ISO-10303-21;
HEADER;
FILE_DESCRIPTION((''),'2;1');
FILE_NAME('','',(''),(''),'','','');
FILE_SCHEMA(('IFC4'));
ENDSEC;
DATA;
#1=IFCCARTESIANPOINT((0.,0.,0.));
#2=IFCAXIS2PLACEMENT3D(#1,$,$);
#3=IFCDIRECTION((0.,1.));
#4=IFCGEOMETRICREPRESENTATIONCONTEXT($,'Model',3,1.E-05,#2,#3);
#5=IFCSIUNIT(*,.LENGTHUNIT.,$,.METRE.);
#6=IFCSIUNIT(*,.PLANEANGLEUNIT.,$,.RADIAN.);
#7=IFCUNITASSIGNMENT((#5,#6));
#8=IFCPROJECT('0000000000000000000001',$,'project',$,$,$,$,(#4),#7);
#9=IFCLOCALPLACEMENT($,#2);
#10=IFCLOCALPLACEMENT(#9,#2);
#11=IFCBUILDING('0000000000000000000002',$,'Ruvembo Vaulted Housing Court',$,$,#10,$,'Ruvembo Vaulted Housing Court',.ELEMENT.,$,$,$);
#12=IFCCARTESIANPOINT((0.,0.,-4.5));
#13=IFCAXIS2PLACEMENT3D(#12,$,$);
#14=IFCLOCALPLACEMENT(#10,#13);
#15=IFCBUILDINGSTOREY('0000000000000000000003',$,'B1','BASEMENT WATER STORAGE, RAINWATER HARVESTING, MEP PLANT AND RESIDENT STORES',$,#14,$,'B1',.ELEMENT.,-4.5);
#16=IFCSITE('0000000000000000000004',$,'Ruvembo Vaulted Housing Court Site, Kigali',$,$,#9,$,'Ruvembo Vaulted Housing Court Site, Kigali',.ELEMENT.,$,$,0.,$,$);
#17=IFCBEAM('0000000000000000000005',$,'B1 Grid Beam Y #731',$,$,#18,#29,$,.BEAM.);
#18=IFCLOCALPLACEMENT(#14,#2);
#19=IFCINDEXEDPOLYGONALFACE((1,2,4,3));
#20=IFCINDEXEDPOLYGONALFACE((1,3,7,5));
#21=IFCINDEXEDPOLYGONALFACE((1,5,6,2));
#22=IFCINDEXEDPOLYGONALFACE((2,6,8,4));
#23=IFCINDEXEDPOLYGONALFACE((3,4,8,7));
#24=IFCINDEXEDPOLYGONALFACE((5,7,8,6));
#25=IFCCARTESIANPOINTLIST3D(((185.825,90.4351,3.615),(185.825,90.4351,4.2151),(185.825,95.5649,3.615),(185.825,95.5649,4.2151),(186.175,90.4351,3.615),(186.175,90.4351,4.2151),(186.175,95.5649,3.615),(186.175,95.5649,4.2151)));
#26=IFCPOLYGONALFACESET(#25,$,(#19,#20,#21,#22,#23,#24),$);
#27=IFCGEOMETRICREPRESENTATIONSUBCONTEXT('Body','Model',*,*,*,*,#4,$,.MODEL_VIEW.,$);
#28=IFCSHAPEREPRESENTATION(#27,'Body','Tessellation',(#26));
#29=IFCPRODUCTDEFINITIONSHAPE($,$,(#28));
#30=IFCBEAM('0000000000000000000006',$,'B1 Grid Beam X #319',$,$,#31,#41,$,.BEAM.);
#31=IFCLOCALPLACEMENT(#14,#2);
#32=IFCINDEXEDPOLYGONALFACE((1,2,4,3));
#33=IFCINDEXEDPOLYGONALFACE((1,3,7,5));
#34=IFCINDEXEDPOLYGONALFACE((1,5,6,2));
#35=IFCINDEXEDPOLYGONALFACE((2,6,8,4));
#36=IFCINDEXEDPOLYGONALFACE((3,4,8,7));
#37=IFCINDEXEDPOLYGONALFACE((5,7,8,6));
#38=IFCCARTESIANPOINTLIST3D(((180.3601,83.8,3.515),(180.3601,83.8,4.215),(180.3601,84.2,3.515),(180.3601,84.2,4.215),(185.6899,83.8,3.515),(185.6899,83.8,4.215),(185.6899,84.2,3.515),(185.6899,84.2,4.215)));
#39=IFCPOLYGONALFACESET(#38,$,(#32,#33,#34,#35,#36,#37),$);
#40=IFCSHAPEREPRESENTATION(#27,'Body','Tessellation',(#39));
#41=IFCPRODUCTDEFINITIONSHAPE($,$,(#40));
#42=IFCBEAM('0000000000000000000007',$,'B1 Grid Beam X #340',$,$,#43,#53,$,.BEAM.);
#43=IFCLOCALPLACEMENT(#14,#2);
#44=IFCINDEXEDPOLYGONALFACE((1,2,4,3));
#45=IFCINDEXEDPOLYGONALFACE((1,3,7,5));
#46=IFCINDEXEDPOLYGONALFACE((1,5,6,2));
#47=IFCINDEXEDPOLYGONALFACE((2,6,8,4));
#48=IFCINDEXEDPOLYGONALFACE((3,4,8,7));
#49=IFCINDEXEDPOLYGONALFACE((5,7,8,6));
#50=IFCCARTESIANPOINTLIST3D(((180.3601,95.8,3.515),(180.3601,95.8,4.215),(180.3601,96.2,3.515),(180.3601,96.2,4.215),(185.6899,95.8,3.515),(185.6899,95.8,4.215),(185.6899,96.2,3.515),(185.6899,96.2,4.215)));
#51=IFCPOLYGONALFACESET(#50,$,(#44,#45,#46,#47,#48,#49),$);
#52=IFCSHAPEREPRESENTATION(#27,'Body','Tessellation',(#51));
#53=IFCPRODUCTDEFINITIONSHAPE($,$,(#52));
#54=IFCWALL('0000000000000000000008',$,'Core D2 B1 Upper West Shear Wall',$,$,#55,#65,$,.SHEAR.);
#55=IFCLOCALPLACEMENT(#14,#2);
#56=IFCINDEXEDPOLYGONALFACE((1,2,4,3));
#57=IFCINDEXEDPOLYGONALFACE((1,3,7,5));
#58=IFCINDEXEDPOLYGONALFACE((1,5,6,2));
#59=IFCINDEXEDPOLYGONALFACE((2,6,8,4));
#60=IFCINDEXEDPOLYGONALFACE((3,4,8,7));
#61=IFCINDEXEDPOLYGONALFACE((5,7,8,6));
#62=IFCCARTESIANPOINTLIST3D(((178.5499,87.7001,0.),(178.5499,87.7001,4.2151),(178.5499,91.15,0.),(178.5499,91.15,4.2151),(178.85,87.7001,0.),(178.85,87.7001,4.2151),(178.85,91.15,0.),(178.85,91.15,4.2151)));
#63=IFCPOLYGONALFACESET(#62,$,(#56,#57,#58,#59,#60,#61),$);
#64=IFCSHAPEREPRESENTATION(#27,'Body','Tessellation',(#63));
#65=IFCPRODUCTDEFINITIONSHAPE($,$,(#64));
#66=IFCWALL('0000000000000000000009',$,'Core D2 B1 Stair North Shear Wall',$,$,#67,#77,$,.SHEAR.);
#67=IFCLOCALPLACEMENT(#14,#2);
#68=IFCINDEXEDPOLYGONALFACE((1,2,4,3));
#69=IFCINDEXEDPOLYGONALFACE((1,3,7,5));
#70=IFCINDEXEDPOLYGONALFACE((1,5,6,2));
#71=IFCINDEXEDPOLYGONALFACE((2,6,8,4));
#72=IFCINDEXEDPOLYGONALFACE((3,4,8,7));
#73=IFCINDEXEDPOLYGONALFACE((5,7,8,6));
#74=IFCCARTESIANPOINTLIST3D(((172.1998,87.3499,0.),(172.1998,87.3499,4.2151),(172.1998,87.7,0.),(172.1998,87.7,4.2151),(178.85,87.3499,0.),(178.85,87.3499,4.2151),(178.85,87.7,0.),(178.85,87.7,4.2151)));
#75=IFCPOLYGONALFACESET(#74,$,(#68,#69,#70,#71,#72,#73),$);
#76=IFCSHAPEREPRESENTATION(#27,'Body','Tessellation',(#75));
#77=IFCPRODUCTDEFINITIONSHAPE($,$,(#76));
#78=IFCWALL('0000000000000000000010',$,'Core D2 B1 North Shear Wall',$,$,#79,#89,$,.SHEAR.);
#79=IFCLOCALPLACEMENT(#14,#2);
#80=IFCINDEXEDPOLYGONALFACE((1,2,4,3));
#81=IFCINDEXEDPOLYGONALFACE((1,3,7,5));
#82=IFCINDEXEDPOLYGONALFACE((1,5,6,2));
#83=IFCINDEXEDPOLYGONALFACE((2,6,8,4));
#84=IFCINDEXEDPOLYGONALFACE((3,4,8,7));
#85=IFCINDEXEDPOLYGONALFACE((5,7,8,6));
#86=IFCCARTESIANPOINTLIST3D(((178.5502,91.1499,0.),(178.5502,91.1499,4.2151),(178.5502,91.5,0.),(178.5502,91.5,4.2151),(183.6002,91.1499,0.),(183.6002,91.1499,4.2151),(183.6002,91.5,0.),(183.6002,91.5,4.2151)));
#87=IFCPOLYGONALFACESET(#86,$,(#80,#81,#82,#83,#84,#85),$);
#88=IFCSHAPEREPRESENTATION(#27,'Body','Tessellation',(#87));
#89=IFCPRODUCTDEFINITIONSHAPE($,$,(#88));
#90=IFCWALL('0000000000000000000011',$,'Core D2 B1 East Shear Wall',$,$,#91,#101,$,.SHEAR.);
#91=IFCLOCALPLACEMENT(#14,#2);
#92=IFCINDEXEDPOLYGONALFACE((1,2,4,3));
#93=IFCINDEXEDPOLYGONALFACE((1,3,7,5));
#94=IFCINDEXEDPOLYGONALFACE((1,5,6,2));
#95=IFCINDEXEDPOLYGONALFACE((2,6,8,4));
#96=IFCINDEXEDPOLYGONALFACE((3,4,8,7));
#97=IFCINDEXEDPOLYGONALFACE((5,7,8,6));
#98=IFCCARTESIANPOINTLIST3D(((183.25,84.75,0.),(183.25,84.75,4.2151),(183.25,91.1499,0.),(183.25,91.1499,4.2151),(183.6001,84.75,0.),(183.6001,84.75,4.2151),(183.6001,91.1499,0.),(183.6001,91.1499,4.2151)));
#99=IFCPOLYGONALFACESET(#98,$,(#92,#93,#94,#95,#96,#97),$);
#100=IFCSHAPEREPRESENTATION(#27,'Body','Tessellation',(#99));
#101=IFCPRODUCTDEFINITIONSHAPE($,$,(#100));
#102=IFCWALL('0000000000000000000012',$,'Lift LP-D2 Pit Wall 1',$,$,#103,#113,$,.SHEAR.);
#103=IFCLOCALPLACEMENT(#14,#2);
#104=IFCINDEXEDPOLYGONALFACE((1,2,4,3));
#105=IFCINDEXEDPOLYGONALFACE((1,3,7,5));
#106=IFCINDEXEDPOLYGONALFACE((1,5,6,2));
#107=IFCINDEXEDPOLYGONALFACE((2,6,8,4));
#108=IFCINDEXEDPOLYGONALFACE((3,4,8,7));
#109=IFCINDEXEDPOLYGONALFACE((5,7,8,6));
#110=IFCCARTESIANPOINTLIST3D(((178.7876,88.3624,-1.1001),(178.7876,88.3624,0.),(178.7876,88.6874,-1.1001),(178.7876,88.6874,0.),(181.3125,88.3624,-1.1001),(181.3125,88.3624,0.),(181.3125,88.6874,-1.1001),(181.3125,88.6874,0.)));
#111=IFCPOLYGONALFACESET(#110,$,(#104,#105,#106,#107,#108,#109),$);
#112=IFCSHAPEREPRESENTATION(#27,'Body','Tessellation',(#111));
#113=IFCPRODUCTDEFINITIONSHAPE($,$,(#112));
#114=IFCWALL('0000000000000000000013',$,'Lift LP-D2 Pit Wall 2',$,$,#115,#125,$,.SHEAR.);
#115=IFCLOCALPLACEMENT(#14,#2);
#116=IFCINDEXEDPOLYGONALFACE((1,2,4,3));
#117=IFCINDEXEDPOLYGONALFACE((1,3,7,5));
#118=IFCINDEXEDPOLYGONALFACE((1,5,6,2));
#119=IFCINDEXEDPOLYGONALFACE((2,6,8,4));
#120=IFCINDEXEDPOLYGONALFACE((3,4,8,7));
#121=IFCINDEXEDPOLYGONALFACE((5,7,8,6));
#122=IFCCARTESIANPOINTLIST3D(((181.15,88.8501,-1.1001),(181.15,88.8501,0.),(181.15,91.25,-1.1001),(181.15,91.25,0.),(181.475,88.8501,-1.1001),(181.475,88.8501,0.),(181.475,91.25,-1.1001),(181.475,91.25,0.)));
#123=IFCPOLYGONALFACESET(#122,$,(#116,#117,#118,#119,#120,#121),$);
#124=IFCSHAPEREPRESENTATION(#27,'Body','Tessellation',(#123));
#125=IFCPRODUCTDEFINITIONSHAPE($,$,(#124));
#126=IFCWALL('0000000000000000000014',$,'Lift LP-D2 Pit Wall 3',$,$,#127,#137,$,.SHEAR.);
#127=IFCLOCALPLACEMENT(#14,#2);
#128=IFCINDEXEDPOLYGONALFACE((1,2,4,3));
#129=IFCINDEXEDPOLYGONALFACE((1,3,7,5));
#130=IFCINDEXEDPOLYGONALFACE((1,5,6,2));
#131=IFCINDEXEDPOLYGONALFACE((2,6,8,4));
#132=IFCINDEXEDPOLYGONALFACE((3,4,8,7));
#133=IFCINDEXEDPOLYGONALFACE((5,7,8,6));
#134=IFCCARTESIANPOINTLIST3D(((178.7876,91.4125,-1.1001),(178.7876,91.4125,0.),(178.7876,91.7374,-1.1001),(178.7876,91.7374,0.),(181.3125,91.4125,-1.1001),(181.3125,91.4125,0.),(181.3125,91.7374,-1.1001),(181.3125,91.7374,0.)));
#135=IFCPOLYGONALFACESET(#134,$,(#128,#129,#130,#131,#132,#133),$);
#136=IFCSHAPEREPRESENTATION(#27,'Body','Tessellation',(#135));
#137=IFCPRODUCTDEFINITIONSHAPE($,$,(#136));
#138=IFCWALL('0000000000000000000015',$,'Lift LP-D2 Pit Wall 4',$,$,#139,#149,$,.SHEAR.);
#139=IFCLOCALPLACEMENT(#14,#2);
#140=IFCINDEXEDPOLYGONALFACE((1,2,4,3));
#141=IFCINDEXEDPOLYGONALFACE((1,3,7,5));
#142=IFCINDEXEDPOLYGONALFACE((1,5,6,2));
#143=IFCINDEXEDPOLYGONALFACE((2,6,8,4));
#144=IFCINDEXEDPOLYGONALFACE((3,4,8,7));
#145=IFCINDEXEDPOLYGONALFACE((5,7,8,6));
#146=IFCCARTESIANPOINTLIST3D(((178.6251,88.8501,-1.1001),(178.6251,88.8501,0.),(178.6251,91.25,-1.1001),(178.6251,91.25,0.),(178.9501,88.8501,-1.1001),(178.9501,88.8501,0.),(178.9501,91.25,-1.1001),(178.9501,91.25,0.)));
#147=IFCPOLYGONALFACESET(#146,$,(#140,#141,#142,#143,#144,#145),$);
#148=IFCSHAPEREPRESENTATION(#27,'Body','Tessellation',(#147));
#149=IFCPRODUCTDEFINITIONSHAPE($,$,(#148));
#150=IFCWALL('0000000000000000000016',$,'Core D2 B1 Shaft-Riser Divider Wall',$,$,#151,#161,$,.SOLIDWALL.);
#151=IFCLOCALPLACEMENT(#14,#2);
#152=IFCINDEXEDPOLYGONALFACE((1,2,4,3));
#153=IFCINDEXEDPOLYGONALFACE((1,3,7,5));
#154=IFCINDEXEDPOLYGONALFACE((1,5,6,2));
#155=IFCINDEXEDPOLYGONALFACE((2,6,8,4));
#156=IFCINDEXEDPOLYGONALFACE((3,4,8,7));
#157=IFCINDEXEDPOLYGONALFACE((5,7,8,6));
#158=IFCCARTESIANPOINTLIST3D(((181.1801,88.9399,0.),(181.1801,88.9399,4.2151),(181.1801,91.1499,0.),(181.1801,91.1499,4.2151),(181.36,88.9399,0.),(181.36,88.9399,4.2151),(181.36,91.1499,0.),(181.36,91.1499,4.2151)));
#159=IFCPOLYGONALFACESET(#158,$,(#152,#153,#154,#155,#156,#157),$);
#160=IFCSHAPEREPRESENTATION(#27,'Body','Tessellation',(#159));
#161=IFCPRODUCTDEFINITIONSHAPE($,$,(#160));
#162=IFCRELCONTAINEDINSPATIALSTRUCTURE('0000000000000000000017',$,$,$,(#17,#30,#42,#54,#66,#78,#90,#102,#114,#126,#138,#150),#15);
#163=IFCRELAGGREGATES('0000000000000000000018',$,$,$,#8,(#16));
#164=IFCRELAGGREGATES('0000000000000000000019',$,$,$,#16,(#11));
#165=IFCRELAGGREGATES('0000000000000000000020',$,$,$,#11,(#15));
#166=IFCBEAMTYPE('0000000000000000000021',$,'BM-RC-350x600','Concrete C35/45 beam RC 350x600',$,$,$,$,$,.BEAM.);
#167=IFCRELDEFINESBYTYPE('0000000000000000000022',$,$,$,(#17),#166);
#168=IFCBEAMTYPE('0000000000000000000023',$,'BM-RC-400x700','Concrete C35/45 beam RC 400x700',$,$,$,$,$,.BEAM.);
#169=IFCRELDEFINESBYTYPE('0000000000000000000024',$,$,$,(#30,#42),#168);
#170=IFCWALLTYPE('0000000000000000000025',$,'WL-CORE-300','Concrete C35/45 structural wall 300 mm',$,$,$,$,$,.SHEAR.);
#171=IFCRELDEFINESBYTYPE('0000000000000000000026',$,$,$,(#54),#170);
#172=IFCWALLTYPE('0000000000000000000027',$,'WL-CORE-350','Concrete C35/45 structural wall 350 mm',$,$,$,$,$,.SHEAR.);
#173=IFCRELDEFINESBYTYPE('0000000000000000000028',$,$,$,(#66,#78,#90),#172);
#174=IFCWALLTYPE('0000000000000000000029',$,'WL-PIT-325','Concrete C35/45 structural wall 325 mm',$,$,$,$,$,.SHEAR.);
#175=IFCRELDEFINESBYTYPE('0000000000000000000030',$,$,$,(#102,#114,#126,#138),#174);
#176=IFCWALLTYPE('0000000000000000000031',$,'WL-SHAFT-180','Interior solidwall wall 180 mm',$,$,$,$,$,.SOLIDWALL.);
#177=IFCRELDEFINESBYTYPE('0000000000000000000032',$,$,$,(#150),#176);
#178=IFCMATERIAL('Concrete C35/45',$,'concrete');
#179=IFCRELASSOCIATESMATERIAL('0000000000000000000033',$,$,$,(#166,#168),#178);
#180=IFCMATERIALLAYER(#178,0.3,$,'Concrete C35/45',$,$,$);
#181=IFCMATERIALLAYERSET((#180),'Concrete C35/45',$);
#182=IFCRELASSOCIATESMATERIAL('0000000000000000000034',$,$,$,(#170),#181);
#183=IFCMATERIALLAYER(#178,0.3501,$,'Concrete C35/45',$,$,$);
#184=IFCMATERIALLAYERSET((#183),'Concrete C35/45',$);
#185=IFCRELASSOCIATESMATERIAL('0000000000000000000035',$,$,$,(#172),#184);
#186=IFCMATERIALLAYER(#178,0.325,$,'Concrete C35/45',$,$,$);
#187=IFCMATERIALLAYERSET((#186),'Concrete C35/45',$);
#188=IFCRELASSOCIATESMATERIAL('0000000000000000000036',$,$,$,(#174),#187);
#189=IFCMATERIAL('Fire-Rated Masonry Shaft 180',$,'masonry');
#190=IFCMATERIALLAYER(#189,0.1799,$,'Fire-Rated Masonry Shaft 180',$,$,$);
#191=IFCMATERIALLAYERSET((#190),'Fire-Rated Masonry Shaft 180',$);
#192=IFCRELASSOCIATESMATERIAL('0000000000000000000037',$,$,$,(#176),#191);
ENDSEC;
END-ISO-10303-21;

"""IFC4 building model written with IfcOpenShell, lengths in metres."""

from ifc_helpers import new_model, si_unit, direction, frame, frame_2d, origin, origin_2d, place, context, subcontext, project, spatial, rectangle, extrude, material, layer, layer_set, material_profile, profile_set, type_object, element, save


model = new_model("IFC4")

# Units and contexts
model_context = context("Model", 3, precision=1e-05, world=origin(), true_north=direction((0.0, 1.0)))
body_context = subcontext(model_context, "Body", "Model", "MODEL_VIEW")
ifc_project = project(units=[si_unit("LENGTHUNIT", "METRE"), si_unit("PLANEANGLEUNIT", "RADIAN")], contexts=[model_context])

# Site, building, storey
site_placement = place(None, origin())
site = spatial("IfcSite", under=ifc_project, at=site_placement, Name="Ruvembo Vaulted Housing Court Site, Kigali", LongName="Ruvembo Vaulted Housing Court Site, Kigali", CompositionType="ELEMENT", RefElevation=0.0)
building_placement = place(site_placement, origin())
building = spatial("IfcBuilding", under=site, at=building_placement, Name="Ruvembo Vaulted Housing Court", LongName="Ruvembo Vaulted Housing Court", CompositionType="ELEMENT")
storey_placement = place(building_placement, frame((0.0, 0.0, -4.5)))
storey = spatial("IfcBuildingStorey", under=building, at=storey_placement, Name="B1", Description="BASEMENT WATER STORAGE, RAINWATER HARVESTING, MEP PLANT AND RESIDENT STORES", LongName="B1", CompositionType="ELEMENT", Elevation=-4.5)

# Shared definitions
ifc_material_1 = material(Name="Concrete C35/45", Category="concrete")

# Beams
ifc_material_profile_1 = material_profile(ifc_material_1, rectangle(XDim=0.3501, YDim=0.6001, at=origin_2d()), Name="RC 350x600")
ifc_profile_set_1 = profile_set([ifc_material_profile_1], Name="Concrete C35/45")
beam_type_1 = type_object("IfcBeamType", Name="BM-RC-350x600", Description="Concrete C35/45 beam RC 350x600", PredefinedType="BEAM", material=ifc_profile_set_1)
for number, where, z_axis, x_axis, name in (
    (1, (186.0, 90.4351, 3.915), (0.0, 1.0, 0.0), (-1.0, 0.0, 0.0), "B1 Grid Beam Y #731"),
):
    element("IfcBeam", number, at=place(storey_placement, frame(where, z_axis=z_axis, x_axis=x_axis)), inside=storey, type_object=beam_type_1, Name=name, PredefinedType="BEAM", context=body_context, shape_type="SweptSolid", body=[
        extrude(rectangle(XDim=0.3501, YDim=0.6001, at=origin_2d()), origin(), (0.0, 0.0, 1.0), 5.1299),
    ])
ifc_material_profile_2 = material_profile(ifc_material_1, rectangle(XDim=0.3999, YDim=0.7, at=origin_2d()), Name="RC 400x700")
ifc_profile_set_2 = profile_set([ifc_material_profile_2], Name="Concrete C35/45")
beam_type_2 = type_object("IfcBeamType", Name="BM-RC-400x700", Description="Concrete C35/45 beam RC 400x700", PredefinedType="BEAM", material=ifc_profile_set_2)
for number, where, z_axis, x_axis, name in (
    (2, (180.3601, 84.0, 3.865), (1.0, 0.0, 0.0), (0.0, 1.0, 0.0), "B1 Grid Beam X #319"),
    (3, (180.3601, 96.0, 3.865), (1.0, 0.0, 0.0), (0.0, 1.0, 0.0), "B1 Grid Beam X #340"),
):
    element("IfcBeam", number, at=place(storey_placement, frame(where, z_axis=z_axis, x_axis=x_axis)), inside=storey, type_object=beam_type_2, Name=name, PredefinedType="BEAM", context=body_context, shape_type="SweptSolid", body=[
        extrude(rectangle(XDim=0.3999, YDim=0.7, at=origin_2d()), origin(), (0.0, 0.0, 1.0), 5.3298),
    ])

# Shared definitions
ifc_layer_1 = layer(ifc_material_1, 0.3, Name="Concrete C35/45")
ifc_layer_set_1 = layer_set([ifc_layer_1], Name="Concrete C35/45")
wall_type_1 = type_object("IfcWallType", Name="WL-CORE-300", Description="Concrete C35/45 structural wall 300 mm", PredefinedType="SHEAR", material=ifc_layer_set_1)

# Walls
wall_1_placement = place(storey_placement, frame((178.7, 87.7, 0.0), z_axis=(0.0, 0.0, 1.0), x_axis=(0.0, 1.0, 0.0)))
element("IfcWall", 4, at=wall_1_placement, inside=storey, type_object=wall_type_1, Name="Core D2 B1 Upper West Shear Wall", PredefinedType="SHEAR", context=body_context, shape_type="SweptSolid", body=[
    extrude(rectangle(XDim=3.45, YDim=0.3, at=frame_2d((1.7251, 0.0))), origin(), (0.0, 0.0, 1.0), 4.2151),
])
ifc_layer_2 = layer(ifc_material_1, 0.3501, Name="Concrete C35/45")
ifc_layer_set_2 = layer_set([ifc_layer_2], Name="Concrete C35/45")
wall_type_2 = type_object("IfcWallType", Name="WL-CORE-350", Description="Concrete C35/45 structural wall 350 mm", PredefinedType="SHEAR", material=ifc_layer_set_2)
wall_2_placement = place(storey_placement, frame((178.8501, 87.5249, 0.0), z_axis=(0.0, 0.0, 1.0), x_axis=(-1.0, 0.0, 0.0)))
element("IfcWall", 5, at=wall_2_placement, inside=storey, type_object=wall_type_2, Name="Core D2 B1 Stair North Shear Wall", PredefinedType="SHEAR", context=body_context, shape_type="SweptSolid", body=[
    extrude(rectangle(XDim=6.6501, YDim=0.3501, at=frame_2d((3.3252, 0.0))), origin(), (0.0, 0.0, 1.0), 4.2151),
])
wall_3_placement = place(storey_placement, frame((183.6001, 91.325, 0.0), z_axis=(0.0, 0.0, 1.0), x_axis=(-1.0, 0.0, 0.0)))
element("IfcWall", 6, at=wall_3_placement, inside=storey, type_object=wall_type_2, Name="Core D2 B1 North Shear Wall", PredefinedType="SHEAR", context=body_context, shape_type="SweptSolid", body=[
    extrude(rectangle(XDim=5.05, YDim=0.3501, at=frame_2d((2.5249, 0.0))), origin(), (0.0, 0.0, 1.0), 4.2151),
])
wall_4_placement = place(storey_placement, frame((183.425, 84.75, 0.0), z_axis=(0.0, 0.0, 1.0), x_axis=(0.0, 1.0, 0.0)))
element("IfcWall", 7, at=wall_4_placement, inside=storey, type_object=wall_type_2, Name="Core D2 B1 East Shear Wall", PredefinedType="SHEAR", context=body_context, shape_type="SweptSolid", body=[
    extrude(rectangle(XDim=6.3999, YDim=0.3501, at=frame_2d((3.2, 0.0))), origin(), (0.0, 0.0, 1.0), 4.2151),
])
ifc_layer_3 = layer(ifc_material_1, 0.325, Name="Concrete C35/45")
ifc_layer_set_3 = layer_set([ifc_layer_3], Name="Concrete C35/45")
wall_type_3 = type_object("IfcWallType", Name="WL-PIT-325", Description="Concrete C35/45 structural wall 325 mm", PredefinedType="SHEAR", material=ifc_layer_set_3)
wall_5_placement = place(storey_placement, frame((178.7876, 88.5249, -1.1001), z_axis=(0.0, 0.0, 1.0), x_axis=(1.0, 0.0, 0.0)))
element("IfcWall", 8, at=wall_5_placement, inside=storey, type_object=wall_type_3, Name="Lift LP-D2 Pit Wall 1", PredefinedType="SHEAR", context=body_context, shape_type="SweptSolid", body=[
    extrude(rectangle(XDim=2.5249, YDim=0.325, at=frame_2d((1.2625, 0.0))), origin(), (0.0, 0.0, 1.0), 1.1001),
])
wall_6_placement = place(storey_placement, frame((181.3125, 88.8501, -1.1001), z_axis=(0.0, 0.0, 1.0), x_axis=(0.0, 1.0, 0.0)))
element("IfcWall", 9, at=wall_6_placement, inside=storey, type_object=wall_type_3, Name="Lift LP-D2 Pit Wall 2", PredefinedType="SHEAR", context=body_context, shape_type="SweptSolid", body=[
    extrude(rectangle(XDim=2.3999, YDim=0.325, at=frame_2d((1.2, 0.0))), origin(), (0.0, 0.0, 1.0), 1.1001),
])
wall_7_placement = place(storey_placement, frame((181.3125, 91.575, -1.1001), z_axis=(0.0, 0.0, 1.0), x_axis=(-1.0, 0.0, 0.0)))
element("IfcWall", 10, at=wall_7_placement, inside=storey, type_object=wall_type_3, Name="Lift LP-D2 Pit Wall 3", PredefinedType="SHEAR", context=body_context, shape_type="SweptSolid", body=[
    extrude(rectangle(XDim=2.5249, YDim=0.325, at=frame_2d((1.2625, 0.0))), origin(), (0.0, 0.0, 1.0), 1.1001),
])
wall_8_placement = place(storey_placement, frame((178.7876, 91.25, -1.1001), z_axis=(0.0, 0.0, 1.0), x_axis=(0.0, -1.0, 0.0)))
element("IfcWall", 11, at=wall_8_placement, inside=storey, type_object=wall_type_3, Name="Lift LP-D2 Pit Wall 4", PredefinedType="SHEAR", context=body_context, shape_type="SweptSolid", body=[
    extrude(rectangle(XDim=2.3999, YDim=0.325, at=frame_2d((1.2, 0.0))), origin(), (0.0, 0.0, 1.0), 1.1001),
])

# Shared definitions
ifc_material_2 = material(Name="Fire-Rated Masonry Shaft 180", Category="masonry")
ifc_layer_4 = layer(ifc_material_2, 0.1799, Name="Fire-Rated Masonry Shaft 180")
ifc_layer_set_4 = layer_set([ifc_layer_4], Name="Fire-Rated Masonry Shaft 180")
wall_type_4 = type_object("IfcWallType", Name="WL-SHAFT-180", Description="Interior solidwall wall 180 mm", PredefinedType="SOLIDWALL", material=ifc_layer_set_4)

# Wall
wall_9_placement = place(storey_placement, frame((181.27, 88.9399, 0.0), z_axis=(0.0, 0.0, 1.0), x_axis=(0.0, 1.0, 0.0)))
element("IfcWall", 12, at=wall_9_placement, inside=storey, type_object=wall_type_4, Name="Core D2 B1 Shaft-Riser Divider Wall", PredefinedType="SOLIDWALL", context=body_context, shape_type="SweptSolid", body=[
    extrude(rectangle(XDim=2.21, YDim=0.1799, at=frame_2d((1.105, 0.0))), origin(), (0.0, 0.0, 1.0), 4.2151),
])

save(model, "model.ifc")
